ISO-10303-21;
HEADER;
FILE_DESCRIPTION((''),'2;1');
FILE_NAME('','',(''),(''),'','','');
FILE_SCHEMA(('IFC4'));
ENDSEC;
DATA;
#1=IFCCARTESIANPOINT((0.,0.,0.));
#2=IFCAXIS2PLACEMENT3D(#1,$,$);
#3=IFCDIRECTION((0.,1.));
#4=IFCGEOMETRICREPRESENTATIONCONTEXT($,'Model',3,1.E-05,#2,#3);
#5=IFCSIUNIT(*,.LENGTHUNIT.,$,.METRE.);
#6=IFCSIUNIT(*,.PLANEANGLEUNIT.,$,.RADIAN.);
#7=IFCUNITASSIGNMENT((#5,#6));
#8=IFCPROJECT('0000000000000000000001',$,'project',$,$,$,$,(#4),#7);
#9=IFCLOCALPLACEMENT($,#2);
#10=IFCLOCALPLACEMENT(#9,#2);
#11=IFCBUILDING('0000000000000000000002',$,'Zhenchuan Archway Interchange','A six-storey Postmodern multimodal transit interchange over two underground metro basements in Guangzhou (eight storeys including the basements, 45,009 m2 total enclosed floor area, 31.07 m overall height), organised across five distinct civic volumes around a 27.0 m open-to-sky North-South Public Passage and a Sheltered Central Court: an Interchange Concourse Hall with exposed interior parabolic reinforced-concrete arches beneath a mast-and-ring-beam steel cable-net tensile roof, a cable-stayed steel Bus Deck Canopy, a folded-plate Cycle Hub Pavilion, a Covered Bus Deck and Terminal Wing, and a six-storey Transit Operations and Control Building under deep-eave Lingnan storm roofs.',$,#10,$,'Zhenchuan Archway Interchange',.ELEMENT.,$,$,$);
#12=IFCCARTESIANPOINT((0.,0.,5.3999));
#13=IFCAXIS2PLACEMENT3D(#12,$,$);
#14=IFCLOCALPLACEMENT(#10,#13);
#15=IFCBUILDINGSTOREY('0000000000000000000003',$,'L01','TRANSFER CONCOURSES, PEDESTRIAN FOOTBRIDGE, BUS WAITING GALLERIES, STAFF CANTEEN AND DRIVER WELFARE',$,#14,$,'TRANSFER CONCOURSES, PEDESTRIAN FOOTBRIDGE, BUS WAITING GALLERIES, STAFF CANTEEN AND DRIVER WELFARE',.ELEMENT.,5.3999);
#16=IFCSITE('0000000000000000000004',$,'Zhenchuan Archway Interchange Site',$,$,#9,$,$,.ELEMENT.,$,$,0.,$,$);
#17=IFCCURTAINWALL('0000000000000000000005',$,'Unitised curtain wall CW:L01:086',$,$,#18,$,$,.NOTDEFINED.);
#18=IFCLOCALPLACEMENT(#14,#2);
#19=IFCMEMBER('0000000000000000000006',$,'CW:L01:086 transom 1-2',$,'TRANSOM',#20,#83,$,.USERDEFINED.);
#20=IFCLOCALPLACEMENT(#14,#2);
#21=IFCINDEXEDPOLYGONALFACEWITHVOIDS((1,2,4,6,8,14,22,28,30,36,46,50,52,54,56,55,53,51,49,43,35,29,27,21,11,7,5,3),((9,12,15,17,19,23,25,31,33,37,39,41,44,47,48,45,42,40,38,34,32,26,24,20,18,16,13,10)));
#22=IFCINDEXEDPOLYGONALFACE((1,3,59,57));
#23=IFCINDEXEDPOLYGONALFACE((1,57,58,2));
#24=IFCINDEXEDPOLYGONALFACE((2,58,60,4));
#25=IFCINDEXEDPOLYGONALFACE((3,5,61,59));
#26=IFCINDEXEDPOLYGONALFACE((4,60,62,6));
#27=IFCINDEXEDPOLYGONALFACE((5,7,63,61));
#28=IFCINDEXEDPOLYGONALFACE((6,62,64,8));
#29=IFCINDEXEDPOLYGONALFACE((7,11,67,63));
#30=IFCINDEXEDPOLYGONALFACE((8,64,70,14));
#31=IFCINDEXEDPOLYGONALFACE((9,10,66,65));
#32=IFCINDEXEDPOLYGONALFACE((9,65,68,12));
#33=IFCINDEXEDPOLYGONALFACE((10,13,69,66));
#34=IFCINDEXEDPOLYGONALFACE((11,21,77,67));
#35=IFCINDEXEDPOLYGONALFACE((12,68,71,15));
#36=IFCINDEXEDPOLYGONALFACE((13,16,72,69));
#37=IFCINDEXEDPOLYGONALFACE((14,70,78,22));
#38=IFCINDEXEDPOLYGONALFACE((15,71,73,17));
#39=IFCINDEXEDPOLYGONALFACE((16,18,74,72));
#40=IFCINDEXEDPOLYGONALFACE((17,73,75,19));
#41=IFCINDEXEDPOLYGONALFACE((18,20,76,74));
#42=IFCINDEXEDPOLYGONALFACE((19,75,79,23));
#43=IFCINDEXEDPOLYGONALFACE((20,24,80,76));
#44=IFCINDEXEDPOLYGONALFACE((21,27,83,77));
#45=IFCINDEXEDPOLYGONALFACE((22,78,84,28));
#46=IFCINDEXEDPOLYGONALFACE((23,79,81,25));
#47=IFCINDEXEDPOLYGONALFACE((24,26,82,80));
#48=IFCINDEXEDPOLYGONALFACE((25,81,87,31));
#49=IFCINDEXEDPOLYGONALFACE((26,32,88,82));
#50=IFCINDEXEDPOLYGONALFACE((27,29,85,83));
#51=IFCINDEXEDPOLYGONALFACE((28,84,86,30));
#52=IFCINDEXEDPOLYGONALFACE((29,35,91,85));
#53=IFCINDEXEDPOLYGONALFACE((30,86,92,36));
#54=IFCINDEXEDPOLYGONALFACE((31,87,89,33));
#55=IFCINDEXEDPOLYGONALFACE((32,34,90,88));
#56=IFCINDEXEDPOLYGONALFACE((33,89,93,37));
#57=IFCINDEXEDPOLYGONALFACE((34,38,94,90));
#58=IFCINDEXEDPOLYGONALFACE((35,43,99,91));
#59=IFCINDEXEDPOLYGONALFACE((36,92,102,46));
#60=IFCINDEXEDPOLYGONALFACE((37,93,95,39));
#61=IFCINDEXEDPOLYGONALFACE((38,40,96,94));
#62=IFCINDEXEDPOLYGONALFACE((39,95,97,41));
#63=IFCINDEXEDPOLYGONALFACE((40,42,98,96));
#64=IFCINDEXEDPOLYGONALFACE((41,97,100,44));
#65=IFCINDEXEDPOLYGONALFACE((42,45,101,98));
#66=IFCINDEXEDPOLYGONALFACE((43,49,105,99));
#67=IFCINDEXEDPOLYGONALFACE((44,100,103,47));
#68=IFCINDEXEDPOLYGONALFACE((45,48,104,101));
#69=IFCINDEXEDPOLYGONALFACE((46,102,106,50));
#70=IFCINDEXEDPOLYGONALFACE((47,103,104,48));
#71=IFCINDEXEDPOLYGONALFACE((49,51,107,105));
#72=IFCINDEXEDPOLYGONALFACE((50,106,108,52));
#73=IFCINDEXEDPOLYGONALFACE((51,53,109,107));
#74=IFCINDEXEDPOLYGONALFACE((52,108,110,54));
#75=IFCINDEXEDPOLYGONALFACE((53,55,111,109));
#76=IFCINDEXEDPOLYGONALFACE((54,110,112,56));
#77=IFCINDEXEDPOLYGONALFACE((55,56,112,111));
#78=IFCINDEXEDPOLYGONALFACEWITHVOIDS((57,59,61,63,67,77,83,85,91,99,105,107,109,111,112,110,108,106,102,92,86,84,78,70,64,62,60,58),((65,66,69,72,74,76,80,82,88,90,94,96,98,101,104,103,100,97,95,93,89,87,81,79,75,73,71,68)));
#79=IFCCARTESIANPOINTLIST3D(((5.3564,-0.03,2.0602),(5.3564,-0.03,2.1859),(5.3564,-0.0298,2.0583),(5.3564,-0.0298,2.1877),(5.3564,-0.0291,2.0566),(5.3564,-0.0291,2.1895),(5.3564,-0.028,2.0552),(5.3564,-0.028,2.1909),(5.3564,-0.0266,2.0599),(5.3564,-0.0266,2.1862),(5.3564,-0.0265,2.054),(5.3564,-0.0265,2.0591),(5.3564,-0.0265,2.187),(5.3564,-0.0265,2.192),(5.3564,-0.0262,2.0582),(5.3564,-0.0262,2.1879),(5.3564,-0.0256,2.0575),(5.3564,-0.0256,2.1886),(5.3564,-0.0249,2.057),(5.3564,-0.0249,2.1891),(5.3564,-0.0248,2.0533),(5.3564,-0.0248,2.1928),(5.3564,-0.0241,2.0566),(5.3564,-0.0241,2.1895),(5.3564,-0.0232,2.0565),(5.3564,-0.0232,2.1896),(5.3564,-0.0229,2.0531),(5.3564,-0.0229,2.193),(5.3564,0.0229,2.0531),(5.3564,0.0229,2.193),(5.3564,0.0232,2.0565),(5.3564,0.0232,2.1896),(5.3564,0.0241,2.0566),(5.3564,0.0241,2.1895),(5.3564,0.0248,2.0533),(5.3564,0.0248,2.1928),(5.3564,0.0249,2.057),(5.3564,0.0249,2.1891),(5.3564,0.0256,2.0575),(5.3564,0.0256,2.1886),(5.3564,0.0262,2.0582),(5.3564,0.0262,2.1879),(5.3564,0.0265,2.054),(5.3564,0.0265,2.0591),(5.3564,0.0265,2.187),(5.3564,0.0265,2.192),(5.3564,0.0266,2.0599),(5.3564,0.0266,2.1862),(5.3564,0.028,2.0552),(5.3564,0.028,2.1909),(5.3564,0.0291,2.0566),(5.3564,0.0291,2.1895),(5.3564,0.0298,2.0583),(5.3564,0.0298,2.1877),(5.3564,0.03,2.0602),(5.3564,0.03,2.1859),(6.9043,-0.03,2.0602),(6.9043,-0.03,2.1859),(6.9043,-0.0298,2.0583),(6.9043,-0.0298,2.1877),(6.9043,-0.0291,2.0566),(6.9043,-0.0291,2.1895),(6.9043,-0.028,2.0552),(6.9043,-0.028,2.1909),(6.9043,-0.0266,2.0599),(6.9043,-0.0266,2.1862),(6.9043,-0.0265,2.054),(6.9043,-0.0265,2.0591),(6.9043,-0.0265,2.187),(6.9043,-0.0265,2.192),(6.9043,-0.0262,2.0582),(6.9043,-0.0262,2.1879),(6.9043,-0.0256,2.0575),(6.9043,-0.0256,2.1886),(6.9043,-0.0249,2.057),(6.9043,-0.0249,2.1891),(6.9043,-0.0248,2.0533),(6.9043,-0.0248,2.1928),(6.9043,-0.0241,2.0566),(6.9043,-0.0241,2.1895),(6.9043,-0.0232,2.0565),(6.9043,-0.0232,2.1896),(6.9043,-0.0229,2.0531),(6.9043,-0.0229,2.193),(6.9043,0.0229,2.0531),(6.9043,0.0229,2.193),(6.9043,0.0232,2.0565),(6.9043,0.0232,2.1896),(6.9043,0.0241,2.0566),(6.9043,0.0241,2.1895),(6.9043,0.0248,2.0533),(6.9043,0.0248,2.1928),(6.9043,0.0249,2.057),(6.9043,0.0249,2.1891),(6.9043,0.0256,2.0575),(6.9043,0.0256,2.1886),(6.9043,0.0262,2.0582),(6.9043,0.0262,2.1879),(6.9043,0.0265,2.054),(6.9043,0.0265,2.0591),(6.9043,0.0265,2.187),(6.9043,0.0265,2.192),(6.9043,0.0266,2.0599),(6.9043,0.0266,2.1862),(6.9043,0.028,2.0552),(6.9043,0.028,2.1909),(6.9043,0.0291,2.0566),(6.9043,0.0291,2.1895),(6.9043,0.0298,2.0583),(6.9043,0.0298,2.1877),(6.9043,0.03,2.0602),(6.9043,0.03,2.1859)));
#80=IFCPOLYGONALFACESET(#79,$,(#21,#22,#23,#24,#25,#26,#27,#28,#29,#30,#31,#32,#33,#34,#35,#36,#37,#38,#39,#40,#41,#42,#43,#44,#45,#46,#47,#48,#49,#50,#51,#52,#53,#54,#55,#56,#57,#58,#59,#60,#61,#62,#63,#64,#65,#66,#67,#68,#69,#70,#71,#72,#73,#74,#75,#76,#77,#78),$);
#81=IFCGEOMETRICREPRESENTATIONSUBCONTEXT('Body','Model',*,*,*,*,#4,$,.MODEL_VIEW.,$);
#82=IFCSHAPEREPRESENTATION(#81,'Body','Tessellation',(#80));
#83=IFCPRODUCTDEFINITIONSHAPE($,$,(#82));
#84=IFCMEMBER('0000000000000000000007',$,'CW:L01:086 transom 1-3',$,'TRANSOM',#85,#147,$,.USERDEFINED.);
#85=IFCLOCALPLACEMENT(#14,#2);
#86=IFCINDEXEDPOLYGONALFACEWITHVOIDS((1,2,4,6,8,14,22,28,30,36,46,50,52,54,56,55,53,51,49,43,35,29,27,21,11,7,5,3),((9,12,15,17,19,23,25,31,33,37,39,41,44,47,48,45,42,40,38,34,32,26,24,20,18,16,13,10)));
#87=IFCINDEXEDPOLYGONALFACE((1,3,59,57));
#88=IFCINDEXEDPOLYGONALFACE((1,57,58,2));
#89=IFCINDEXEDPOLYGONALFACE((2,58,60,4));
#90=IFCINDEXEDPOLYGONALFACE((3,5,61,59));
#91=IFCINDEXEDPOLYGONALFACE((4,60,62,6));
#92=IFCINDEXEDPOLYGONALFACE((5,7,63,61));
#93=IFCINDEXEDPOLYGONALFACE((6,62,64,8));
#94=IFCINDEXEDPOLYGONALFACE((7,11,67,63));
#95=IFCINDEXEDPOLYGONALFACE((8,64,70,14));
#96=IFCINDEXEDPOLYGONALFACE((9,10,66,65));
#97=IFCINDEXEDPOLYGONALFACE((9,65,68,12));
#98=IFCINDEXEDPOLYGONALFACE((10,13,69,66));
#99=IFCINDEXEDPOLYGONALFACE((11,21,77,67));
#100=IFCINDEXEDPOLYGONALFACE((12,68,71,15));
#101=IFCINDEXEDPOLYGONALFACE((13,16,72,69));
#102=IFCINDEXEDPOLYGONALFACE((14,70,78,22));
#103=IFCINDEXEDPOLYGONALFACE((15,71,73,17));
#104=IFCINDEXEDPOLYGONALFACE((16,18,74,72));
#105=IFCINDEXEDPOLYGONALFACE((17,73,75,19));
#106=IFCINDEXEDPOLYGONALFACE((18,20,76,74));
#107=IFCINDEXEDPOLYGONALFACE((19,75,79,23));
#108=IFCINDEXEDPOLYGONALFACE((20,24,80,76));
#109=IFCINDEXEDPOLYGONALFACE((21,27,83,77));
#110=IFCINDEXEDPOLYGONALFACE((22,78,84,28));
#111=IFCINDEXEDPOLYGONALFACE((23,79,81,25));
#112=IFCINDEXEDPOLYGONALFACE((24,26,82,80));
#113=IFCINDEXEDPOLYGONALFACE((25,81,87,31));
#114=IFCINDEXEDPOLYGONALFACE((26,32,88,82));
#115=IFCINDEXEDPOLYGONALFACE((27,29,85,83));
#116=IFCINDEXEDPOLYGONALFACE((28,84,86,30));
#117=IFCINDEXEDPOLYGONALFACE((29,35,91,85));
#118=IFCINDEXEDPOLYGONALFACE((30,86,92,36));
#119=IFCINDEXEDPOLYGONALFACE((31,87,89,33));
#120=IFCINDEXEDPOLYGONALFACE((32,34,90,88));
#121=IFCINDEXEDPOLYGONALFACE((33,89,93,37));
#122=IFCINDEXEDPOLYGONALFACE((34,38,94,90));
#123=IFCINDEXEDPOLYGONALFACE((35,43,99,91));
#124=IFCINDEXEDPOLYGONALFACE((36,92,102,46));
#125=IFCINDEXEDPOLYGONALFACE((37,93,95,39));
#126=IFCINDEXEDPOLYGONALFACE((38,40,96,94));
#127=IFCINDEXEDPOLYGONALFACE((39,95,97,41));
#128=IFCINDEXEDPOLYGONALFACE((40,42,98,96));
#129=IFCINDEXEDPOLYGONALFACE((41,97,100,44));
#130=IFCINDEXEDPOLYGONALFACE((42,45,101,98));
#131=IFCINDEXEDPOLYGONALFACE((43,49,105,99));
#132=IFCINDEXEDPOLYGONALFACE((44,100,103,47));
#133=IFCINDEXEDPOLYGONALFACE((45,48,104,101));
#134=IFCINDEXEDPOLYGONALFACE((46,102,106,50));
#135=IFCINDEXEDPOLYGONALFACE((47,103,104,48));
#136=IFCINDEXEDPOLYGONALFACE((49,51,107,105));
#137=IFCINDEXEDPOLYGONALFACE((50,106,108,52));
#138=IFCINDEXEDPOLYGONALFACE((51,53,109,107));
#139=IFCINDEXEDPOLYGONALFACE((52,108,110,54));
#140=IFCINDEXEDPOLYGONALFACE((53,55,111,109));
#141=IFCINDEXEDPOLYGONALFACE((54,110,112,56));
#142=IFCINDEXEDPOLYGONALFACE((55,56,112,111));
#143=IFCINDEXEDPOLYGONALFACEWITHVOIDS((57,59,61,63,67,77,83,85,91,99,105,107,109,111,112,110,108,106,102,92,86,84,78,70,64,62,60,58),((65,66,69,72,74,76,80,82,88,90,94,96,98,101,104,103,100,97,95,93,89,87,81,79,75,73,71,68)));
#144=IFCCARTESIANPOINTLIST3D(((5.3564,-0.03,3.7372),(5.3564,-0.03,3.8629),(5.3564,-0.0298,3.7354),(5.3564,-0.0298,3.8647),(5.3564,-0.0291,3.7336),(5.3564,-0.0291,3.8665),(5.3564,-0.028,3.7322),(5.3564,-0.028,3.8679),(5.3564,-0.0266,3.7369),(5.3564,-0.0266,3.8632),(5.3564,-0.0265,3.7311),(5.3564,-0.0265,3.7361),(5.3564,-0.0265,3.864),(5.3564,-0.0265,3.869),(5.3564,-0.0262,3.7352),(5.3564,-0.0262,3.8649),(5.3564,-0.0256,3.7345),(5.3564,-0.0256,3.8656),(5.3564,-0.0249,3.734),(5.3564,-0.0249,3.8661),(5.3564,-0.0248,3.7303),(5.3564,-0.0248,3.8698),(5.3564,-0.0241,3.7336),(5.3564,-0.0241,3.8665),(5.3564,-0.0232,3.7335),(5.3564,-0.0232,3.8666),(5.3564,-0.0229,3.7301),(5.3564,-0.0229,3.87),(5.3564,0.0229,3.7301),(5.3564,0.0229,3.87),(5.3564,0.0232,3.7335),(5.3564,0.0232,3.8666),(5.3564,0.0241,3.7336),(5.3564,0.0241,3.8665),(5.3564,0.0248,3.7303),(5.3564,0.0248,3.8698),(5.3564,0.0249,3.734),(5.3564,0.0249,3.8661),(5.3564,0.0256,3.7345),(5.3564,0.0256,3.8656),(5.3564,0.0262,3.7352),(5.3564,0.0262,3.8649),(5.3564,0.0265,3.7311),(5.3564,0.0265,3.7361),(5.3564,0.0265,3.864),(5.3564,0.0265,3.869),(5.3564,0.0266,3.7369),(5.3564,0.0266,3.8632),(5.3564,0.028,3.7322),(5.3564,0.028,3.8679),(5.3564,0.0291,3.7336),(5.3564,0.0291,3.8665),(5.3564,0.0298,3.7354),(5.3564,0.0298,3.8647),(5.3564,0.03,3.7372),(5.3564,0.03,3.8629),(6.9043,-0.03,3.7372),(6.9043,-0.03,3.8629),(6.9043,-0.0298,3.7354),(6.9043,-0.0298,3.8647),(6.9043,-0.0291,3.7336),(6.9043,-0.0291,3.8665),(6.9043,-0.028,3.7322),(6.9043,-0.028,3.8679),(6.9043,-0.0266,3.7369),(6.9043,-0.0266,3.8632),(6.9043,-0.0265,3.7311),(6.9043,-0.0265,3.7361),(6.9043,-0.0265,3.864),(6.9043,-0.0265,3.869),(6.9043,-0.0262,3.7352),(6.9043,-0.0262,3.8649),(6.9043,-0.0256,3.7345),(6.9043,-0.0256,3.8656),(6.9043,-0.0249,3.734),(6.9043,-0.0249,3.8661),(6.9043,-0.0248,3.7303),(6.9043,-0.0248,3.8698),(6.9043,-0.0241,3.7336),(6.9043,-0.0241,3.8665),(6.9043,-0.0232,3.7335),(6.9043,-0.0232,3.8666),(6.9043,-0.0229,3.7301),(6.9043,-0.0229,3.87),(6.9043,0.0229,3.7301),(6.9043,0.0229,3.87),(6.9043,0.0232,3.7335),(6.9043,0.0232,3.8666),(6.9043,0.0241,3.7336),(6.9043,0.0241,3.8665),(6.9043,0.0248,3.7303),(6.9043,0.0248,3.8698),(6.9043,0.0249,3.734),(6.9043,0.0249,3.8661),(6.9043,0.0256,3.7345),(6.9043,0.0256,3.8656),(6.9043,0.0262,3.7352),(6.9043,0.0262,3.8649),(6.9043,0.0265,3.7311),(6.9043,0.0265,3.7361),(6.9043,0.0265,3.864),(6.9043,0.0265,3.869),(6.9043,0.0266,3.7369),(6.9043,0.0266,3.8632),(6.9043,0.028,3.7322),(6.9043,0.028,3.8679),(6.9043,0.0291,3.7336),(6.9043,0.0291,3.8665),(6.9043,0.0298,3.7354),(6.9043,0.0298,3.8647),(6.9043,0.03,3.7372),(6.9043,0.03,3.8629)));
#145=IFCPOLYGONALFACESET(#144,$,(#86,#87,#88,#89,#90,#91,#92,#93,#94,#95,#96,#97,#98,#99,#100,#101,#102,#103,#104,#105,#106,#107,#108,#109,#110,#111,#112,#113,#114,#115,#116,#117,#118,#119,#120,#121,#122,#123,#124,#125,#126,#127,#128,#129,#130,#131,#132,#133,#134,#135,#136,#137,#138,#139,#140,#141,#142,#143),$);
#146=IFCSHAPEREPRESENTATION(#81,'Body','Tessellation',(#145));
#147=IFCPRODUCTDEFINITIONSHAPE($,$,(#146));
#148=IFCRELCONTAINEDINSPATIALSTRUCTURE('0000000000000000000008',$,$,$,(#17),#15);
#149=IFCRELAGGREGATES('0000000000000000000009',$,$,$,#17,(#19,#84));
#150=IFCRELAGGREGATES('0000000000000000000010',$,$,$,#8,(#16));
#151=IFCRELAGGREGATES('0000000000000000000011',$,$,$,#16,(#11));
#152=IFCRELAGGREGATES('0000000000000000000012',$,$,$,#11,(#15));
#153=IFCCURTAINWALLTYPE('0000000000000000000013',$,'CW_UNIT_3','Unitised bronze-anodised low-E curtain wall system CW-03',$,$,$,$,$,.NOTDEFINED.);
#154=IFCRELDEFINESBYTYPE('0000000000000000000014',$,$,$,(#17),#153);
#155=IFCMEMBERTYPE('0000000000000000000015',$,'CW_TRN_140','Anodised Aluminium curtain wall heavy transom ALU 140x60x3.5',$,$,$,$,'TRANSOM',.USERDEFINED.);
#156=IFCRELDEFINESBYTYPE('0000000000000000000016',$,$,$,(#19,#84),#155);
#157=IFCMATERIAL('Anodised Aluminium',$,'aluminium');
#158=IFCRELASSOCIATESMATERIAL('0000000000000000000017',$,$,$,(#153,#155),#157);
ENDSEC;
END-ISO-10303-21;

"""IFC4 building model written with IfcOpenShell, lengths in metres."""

from ifc_helpers import new_model, si_unit, direction, frame, origin, origin_2d, place, context, subcontext, project, spatial, hollow_rectangle, extrude, material, material_profile, profile_set, type_object, element, aggregate, save


model = new_model("IFC4")

# Units and contexts
model_context = context("Model", 3, precision=1e-05, world=origin(), true_north=direction((0.0, 1.0)))
body_context = subcontext(model_context, "Body", "Model", "MODEL_VIEW")
ifc_project = project(units=[si_unit("LENGTHUNIT", "METRE"), si_unit("PLANEANGLEUNIT", "RADIAN")], contexts=[model_context])

# Site, building, storey
site_placement = place(None, origin())
site = spatial("IfcSite", under=ifc_project, at=site_placement, Name="Zhenchuan Archway Interchange Site", CompositionType="ELEMENT", RefElevation=0.0)
building_placement = place(site_placement, origin())
building = spatial("IfcBuilding", under=site, at=building_placement, Name="Zhenchuan Archway Interchange", Description="A six-storey Postmodern multimodal transit interchange over two underground metro basements in Guangzhou (eight storeys including the basements, 45,009 m2 total enclosed floor area, 31.07 m overall height), organised across five distinct civic volumes around a 27.0 m open-to-sky North-South Public Passage and a Sheltered Central Court: an Interchange Concourse Hall with exposed interior parabolic reinforced-concrete arches beneath a mast-and-ring-beam steel cable-net tensile roof, a cable-stayed steel Bus Deck Canopy, a folded-plate Cycle Hub Pavilion, a Covered Bus Deck and Terminal Wing, and a six-storey Transit Operations and Control Building under deep-eave Lingnan storm roofs.", LongName="Zhenchuan Archway Interchange", CompositionType="ELEMENT")
storey_placement = place(building_placement, frame((0.0, 0.0, 5.3999)))
storey = spatial("IfcBuildingStorey", under=building, at=storey_placement, Name="L01", Description="TRANSFER CONCOURSES, PEDESTRIAN FOOTBRIDGE, BUS WAITING GALLERIES, STAFF CANTEEN AND DRIVER WELFARE", LongName="TRANSFER CONCOURSES, PEDESTRIAN FOOTBRIDGE, BUS WAITING GALLERIES, STAFF CANTEEN AND DRIVER WELFARE", CompositionType="ELEMENT", Elevation=5.3999)

# Curtain wall, members
ifc_material_1 = material(Name="Anodised Aluminium", Category="aluminium")
curtain_wall_type = type_object("IfcCurtainWallType", Name="CW_UNIT_3", Description="Unitised bronze-anodised low-E curtain wall system CW-03", PredefinedType="NOTDEFINED", material=ifc_material_1)
curtain_wall_placement = place(storey_placement, origin())
curtain_wall = element("IfcCurtainWall", 1, at=curtain_wall_placement, inside=storey, type_object=curtain_wall_type, Name="Unitised curtain wall CW:L01:086", PredefinedType="NOTDEFINED")
ifc_material_profile_1 = material_profile(ifc_material_1, hollow_rectangle(XDim=0.0601, YDim=0.1399, WallThickness=0.0034, InnerFilletRadius=0.0034, OuterFilletRadius=0.0071, at=origin_2d()), Name="ALU 140x60x3.5")
ifc_profile_set_1 = profile_set([ifc_material_profile_1], Name="Anodised Aluminium")
member_type_1 = type_object("IfcMemberType", Name="CW_TRN_140", Description="Anodised Aluminium curtain wall heavy transom ALU 140x60x3.5", ElementType="TRANSOM", PredefinedType="USERDEFINED", material=ifc_profile_set_1)
member_1_placement = place(storey_placement, frame((6.9043, 0.0, 2.123), z_axis=(-1.0, 0.0, 0.0), x_axis=(0.0, -1.0, 0.0)))
member_1 = element("IfcMember", 2, at=member_1_placement, type_object=member_type_1, Name="CW:L01:086 transom 1-2", ObjectType="TRANSOM", PredefinedType="USERDEFINED", context=body_context, shape_type="SweptSolid", body=[
    extrude(hollow_rectangle(XDim=0.0601, YDim=0.1399, WallThickness=0.0034, InnerFilletRadius=0.0034, OuterFilletRadius=0.0071, at=origin_2d()), origin(), (0.0, 0.0, 1.0), 1.5479),
])
member_2_placement = place(storey_placement, frame((6.9043, 0.0, 3.8), z_axis=(-1.0, 0.0, 0.0), x_axis=(0.0, -1.0, 0.0)))
member_2 = element("IfcMember", 3, at=member_2_placement, type_object=member_type_1, Name="CW:L01:086 transom 1-3", ObjectType="TRANSOM", PredefinedType="USERDEFINED", context=body_context, shape_type="SweptSolid", body=[
    extrude(hollow_rectangle(XDim=0.0601, YDim=0.1399, WallThickness=0.0034, InnerFilletRadius=0.0034, OuterFilletRadius=0.0071, at=origin_2d()), origin(), (0.0, 0.0, 1.0), 1.5479),
])

aggregate(curtain_wall, [member_1, member_2])

save(model, "model.ifc")
